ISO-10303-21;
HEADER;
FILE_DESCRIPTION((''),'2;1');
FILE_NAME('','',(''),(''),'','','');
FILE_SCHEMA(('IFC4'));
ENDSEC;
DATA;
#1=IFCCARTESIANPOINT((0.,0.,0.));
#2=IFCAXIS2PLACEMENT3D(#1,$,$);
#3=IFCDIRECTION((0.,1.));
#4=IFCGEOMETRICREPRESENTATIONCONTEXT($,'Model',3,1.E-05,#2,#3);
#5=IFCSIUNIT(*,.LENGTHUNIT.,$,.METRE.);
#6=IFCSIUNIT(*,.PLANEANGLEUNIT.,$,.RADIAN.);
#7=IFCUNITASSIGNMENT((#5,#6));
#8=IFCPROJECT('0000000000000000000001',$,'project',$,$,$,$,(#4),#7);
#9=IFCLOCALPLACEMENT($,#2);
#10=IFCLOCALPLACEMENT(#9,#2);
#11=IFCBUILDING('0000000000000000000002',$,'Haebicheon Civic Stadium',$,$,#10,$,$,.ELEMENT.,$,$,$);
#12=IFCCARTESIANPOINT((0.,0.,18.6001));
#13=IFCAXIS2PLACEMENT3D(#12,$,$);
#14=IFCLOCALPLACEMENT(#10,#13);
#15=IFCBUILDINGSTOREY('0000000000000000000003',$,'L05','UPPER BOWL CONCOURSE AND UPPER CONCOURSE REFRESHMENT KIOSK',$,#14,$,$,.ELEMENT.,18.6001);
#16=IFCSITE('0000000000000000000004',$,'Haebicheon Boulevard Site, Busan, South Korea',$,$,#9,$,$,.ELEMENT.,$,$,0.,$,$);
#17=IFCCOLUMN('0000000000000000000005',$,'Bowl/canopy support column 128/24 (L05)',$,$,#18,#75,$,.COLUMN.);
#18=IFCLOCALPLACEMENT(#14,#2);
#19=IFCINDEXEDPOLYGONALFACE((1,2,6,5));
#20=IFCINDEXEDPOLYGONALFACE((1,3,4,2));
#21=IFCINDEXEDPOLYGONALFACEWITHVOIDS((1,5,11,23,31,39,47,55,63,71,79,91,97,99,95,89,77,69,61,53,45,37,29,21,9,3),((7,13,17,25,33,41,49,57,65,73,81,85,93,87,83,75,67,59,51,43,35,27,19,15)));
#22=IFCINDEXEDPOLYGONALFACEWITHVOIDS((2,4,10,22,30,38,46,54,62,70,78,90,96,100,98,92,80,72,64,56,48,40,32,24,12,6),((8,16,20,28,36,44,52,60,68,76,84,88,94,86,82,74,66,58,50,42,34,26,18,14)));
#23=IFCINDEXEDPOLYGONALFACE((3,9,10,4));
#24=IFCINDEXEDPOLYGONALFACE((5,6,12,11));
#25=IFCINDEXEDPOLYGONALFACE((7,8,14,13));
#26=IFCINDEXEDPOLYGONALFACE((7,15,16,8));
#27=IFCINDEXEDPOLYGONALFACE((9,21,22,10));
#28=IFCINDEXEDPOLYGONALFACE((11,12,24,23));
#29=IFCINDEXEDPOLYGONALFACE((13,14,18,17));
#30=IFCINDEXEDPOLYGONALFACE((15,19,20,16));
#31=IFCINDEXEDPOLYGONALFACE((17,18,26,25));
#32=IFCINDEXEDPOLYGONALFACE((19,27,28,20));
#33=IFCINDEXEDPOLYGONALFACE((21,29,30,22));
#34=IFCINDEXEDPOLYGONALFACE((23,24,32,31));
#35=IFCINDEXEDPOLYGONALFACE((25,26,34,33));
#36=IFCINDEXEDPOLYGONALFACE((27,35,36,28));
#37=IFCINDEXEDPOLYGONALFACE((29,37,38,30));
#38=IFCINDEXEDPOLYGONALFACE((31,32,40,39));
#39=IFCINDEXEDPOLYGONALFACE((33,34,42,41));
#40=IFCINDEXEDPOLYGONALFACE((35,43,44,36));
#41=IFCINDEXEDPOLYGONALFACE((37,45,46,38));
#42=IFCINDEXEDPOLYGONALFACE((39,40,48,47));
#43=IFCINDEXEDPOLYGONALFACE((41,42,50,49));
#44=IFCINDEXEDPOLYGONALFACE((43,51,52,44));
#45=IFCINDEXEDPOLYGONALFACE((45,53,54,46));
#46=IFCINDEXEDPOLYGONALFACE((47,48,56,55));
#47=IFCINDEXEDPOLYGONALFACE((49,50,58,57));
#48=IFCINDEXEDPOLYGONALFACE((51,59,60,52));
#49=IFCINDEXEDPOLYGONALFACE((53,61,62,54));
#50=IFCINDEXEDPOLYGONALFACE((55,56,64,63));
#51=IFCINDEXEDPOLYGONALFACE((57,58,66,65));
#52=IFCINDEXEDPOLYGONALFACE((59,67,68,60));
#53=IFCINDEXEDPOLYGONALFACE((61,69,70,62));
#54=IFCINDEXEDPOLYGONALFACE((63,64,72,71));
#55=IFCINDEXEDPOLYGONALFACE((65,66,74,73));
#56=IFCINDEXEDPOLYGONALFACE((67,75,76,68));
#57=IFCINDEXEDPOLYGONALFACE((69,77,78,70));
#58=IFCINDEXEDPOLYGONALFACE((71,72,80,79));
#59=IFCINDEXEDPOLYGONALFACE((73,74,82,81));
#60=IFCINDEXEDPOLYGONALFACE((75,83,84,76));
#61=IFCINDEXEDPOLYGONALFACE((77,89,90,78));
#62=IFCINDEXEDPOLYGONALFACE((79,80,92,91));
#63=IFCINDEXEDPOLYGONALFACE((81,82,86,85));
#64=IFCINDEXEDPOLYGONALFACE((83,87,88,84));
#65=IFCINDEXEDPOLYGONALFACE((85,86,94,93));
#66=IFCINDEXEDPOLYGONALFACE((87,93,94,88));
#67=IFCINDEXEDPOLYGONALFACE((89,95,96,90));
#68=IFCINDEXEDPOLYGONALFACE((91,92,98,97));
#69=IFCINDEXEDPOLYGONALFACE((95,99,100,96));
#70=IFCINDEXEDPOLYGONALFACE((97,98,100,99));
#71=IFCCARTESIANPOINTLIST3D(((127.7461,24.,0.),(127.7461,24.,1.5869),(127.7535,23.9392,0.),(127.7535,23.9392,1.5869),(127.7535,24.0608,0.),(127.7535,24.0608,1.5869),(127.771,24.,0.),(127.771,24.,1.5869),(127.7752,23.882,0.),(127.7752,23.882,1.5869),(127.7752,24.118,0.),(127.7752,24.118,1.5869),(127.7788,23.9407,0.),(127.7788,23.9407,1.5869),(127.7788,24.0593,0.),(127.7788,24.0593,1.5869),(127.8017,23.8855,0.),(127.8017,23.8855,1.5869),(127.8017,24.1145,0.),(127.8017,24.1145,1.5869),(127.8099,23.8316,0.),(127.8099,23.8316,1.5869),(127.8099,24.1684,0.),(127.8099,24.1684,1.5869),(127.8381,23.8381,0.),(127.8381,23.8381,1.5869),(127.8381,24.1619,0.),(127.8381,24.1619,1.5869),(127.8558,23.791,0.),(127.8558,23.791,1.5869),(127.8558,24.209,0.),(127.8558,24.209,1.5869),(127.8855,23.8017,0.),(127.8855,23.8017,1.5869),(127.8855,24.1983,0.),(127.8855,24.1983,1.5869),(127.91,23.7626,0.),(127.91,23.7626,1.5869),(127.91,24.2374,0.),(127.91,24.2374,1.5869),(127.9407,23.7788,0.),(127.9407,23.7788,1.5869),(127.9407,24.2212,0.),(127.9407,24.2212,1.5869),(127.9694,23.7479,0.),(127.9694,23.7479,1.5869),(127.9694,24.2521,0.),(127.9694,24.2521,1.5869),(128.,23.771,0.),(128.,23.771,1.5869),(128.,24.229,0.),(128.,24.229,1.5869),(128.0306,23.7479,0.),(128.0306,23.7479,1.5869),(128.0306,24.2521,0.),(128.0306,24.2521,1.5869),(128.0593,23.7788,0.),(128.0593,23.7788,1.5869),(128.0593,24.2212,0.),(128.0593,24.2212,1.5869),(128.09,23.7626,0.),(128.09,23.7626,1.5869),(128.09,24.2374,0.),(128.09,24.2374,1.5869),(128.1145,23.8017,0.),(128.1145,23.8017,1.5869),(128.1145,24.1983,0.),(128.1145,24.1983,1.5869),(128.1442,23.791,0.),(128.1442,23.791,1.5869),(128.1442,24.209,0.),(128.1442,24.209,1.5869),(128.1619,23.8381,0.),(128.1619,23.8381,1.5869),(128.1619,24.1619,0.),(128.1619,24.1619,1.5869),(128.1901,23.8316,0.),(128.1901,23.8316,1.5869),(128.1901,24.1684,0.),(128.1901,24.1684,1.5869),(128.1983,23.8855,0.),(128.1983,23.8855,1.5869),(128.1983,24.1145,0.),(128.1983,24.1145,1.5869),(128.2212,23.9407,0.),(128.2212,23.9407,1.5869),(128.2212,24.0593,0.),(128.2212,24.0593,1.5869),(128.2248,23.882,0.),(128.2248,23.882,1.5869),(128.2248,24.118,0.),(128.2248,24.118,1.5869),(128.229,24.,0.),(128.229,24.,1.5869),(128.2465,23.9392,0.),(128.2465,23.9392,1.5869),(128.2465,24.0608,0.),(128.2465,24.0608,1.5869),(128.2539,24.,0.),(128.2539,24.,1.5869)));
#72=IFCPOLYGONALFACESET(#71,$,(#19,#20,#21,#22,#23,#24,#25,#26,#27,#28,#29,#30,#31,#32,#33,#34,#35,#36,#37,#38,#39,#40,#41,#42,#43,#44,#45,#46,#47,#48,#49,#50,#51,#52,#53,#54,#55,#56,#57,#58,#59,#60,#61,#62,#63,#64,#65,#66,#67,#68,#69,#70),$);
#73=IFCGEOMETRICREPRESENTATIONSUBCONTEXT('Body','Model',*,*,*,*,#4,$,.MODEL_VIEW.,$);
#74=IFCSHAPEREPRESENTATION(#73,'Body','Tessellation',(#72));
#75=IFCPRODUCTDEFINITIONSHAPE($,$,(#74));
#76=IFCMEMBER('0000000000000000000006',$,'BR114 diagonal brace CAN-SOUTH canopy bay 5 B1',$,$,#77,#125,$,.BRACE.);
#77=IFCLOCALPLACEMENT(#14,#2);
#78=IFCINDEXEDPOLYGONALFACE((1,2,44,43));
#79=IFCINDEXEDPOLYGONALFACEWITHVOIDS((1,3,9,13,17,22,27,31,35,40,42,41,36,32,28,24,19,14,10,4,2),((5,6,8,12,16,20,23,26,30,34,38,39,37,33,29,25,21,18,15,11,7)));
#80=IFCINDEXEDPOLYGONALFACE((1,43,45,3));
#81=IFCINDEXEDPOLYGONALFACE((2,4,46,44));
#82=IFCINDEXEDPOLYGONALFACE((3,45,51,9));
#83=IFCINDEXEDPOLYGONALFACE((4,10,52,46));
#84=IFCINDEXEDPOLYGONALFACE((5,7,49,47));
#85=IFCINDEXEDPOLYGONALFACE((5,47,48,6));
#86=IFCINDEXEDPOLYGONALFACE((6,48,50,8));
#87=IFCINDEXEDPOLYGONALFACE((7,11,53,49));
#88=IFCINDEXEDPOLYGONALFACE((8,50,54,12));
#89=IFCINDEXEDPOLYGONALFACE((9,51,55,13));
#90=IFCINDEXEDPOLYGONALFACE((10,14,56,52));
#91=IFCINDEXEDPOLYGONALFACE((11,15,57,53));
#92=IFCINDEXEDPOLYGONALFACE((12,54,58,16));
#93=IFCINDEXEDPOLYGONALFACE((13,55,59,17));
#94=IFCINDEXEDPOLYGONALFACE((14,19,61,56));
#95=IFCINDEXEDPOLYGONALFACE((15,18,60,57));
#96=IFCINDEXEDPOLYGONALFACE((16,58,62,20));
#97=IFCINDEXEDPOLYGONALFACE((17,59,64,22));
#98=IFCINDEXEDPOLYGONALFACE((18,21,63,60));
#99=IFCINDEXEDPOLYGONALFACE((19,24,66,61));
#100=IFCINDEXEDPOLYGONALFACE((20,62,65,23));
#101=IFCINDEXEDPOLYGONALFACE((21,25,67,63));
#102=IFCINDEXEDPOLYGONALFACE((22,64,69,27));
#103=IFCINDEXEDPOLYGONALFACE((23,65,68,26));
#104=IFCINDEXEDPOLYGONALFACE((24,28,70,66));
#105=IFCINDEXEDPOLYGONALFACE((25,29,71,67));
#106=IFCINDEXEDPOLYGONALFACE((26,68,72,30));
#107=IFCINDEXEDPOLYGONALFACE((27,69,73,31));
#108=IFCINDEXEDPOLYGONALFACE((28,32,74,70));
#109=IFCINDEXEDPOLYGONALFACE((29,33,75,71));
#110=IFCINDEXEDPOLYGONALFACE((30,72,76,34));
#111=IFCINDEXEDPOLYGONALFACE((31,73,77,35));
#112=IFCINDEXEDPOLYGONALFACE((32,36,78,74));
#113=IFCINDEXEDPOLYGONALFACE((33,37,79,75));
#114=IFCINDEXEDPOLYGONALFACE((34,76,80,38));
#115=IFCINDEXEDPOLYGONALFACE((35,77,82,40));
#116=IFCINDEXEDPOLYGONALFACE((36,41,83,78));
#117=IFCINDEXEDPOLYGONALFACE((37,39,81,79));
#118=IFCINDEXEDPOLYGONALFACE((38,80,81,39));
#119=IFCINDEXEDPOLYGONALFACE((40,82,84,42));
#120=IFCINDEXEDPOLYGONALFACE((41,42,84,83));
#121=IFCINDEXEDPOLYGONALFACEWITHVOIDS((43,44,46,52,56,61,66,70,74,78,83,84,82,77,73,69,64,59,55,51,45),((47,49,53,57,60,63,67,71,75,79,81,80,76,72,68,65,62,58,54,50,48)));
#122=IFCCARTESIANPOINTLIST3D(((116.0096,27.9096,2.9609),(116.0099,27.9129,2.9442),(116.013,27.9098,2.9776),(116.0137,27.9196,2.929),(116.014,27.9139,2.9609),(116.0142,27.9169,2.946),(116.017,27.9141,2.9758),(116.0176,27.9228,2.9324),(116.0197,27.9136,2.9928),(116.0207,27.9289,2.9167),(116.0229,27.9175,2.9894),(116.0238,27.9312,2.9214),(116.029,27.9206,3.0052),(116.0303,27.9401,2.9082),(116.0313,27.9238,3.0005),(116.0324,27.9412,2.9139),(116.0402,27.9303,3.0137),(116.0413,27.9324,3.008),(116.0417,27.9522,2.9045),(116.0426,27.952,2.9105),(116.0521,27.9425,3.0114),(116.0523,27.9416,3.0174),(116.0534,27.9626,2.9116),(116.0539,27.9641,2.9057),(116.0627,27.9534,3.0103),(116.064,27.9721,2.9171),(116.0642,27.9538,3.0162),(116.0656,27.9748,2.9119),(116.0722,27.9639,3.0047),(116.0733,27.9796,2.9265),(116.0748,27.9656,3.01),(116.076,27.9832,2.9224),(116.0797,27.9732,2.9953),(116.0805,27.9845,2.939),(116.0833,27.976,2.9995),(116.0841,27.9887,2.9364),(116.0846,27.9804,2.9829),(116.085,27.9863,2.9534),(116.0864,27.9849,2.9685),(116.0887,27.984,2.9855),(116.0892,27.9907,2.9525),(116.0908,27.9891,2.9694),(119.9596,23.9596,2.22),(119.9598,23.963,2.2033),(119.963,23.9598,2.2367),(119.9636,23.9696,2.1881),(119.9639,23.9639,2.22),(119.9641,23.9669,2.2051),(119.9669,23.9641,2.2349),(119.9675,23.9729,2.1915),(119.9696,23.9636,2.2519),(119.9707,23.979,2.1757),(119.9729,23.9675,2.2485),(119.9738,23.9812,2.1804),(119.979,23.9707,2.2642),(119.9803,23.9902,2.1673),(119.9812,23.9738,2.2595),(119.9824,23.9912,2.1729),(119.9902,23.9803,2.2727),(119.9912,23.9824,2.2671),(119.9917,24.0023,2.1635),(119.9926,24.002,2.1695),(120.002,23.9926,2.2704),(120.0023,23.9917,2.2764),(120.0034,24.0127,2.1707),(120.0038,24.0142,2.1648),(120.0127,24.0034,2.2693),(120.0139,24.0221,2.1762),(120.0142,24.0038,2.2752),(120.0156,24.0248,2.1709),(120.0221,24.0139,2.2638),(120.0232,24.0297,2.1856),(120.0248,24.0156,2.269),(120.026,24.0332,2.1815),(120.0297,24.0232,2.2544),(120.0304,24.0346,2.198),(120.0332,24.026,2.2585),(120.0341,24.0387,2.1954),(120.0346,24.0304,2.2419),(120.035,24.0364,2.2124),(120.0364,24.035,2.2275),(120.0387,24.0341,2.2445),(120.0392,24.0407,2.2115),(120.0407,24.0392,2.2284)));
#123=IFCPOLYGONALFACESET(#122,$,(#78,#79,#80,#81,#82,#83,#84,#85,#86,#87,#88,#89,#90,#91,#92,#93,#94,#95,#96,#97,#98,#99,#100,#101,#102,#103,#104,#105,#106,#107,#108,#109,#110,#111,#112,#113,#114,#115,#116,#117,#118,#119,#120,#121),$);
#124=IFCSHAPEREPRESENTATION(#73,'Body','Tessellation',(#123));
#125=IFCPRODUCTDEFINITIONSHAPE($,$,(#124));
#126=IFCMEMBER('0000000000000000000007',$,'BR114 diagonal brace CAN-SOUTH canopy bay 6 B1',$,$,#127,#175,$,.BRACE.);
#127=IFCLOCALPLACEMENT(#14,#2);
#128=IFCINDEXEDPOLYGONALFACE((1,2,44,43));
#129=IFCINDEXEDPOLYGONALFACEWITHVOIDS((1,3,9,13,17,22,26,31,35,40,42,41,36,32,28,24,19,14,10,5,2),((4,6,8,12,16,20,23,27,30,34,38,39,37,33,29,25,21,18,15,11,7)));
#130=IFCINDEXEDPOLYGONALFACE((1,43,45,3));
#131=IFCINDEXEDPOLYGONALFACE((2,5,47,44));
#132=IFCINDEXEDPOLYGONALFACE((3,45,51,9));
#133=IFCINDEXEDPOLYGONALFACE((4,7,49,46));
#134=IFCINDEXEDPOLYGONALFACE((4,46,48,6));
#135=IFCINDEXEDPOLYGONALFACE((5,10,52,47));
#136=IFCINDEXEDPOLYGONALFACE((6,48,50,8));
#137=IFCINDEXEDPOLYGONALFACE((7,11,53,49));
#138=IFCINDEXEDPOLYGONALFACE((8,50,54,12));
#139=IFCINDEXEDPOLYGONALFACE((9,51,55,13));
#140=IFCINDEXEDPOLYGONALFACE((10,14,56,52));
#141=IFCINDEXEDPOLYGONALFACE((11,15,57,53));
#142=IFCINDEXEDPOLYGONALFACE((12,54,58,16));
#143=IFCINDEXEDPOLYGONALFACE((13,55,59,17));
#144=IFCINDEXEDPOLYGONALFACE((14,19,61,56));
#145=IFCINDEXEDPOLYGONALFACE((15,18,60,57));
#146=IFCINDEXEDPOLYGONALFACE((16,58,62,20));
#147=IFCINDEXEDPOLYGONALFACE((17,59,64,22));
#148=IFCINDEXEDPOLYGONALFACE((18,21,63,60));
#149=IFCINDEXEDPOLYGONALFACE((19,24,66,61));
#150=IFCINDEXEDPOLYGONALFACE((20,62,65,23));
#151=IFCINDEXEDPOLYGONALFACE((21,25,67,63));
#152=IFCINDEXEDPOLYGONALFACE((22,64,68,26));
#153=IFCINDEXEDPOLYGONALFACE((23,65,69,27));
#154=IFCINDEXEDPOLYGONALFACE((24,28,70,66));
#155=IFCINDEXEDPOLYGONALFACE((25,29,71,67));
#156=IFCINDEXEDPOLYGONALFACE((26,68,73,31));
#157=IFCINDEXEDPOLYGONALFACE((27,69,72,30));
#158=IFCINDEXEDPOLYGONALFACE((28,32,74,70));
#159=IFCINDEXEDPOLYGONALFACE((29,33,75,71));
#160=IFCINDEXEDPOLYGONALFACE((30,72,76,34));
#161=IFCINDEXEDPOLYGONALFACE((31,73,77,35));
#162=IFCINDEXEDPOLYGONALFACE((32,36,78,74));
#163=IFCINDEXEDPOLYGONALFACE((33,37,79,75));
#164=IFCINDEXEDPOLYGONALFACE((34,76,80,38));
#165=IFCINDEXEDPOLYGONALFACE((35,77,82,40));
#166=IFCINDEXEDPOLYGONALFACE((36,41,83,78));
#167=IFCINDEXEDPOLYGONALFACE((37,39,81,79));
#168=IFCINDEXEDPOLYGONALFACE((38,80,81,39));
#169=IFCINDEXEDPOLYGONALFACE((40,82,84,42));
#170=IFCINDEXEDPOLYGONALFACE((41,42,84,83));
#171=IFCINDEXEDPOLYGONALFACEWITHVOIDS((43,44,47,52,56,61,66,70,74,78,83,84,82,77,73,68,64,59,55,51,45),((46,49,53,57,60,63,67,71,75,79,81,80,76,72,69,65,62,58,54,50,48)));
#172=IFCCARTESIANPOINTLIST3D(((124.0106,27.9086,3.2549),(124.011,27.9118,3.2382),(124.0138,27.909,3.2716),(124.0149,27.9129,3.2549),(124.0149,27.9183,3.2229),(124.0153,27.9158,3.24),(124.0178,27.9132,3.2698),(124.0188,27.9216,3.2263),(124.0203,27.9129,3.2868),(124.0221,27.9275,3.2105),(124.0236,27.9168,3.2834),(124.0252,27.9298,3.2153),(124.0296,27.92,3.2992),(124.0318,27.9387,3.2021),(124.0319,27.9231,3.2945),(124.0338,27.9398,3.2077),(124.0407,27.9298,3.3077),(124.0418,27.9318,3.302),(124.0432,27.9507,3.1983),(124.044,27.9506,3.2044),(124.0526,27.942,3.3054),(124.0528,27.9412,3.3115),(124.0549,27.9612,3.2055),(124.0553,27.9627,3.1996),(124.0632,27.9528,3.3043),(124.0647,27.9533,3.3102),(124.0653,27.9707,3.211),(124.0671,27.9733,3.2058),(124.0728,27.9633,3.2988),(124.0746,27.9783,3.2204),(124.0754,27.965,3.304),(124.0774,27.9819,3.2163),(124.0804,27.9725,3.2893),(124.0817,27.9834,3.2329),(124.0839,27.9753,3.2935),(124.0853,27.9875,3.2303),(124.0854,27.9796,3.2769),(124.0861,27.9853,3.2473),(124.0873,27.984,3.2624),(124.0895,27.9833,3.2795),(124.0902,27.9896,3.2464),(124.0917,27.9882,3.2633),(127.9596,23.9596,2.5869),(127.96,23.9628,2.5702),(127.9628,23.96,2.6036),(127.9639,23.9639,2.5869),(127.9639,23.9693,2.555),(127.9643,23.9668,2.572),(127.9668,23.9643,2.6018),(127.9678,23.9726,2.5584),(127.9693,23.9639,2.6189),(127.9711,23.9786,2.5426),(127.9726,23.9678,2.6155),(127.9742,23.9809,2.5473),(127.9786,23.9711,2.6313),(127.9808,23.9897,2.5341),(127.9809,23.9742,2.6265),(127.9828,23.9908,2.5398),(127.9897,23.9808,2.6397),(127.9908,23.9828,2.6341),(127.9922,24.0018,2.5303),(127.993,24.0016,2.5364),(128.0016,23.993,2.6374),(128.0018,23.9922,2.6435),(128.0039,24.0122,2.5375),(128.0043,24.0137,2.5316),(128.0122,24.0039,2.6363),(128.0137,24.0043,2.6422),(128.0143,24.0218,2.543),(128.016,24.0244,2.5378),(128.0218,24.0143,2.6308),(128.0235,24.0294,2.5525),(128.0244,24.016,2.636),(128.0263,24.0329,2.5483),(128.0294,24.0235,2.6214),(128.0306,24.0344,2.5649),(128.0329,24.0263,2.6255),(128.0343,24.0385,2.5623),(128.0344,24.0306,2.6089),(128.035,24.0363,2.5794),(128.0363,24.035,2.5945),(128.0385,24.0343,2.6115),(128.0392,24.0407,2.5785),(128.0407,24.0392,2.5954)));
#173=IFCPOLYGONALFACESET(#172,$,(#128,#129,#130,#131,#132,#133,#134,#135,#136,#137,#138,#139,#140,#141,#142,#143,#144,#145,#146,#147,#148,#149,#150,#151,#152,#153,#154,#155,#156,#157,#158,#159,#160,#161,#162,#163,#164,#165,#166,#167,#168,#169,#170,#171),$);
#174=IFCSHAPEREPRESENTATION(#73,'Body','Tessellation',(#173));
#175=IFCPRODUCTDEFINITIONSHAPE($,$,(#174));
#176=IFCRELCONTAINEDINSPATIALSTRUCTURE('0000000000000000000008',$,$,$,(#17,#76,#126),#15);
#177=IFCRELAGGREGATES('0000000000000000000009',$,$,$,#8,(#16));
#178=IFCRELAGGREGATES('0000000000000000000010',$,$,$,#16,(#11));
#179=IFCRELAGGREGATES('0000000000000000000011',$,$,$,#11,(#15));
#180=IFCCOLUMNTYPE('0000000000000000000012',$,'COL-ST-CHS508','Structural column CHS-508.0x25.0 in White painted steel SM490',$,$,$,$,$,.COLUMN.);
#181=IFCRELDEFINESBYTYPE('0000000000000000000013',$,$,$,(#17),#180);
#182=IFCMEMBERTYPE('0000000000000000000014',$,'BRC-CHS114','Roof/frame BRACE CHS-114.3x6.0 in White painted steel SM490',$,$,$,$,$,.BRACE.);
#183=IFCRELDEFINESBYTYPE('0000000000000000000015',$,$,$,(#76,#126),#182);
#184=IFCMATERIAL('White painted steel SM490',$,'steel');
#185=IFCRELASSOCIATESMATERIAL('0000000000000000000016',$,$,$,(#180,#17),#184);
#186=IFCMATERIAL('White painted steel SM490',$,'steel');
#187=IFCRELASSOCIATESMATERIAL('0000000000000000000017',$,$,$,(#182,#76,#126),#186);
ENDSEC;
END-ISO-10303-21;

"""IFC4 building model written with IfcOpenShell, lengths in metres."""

from ifc_helpers import new_model, si_unit, direction, frame, origin, origin_2d, place, context, subcontext, project, spatial, hollow_circle, extrude, material, material_profile, profile_set, type_object, element, save


model = new_model("IFC4")

# Units and contexts
model_context = context("Model", 3, precision=1e-05, world=origin(), true_north=direction((0.0, 1.0)))
body_context = subcontext(model_context, "Body", "Model", "MODEL_VIEW")
ifc_project = project(units=[si_unit("LENGTHUNIT", "METRE"), si_unit("PLANEANGLEUNIT", "RADIAN")], contexts=[model_context])

# Site, building, storey
site_placement = place(None, origin())
site = spatial("IfcSite", under=ifc_project, at=site_placement, Name="Haebicheon Boulevard Site, Busan, South Korea", CompositionType="ELEMENT", RefElevation=0.0)
building_placement = place(site_placement, origin())
building = spatial("IfcBuilding", under=site, at=building_placement, Name="Haebicheon Civic Stadium", CompositionType="ELEMENT")
storey_placement = place(building_placement, frame((0.0, 0.0, 18.6001)))
storey = spatial("IfcBuildingStorey", under=building, at=storey_placement, Name="L05", Description="UPPER BOWL CONCOURSE AND UPPER CONCOURSE REFRESHMENT KIOSK", CompositionType="ELEMENT", Elevation=18.6001)

# Column
ifc_material_1 = material(Name="White painted steel SM490", Category="steel")
ifc_material_profile_1 = material_profile(ifc_material_1, hollow_circle(Radius=0.2539, WallThickness=0.0249, at=origin_2d()), Name="CHS-508.0x25.0")
ifc_profile_set_1 = profile_set([ifc_material_profile_1], Name="White painted steel SM490")
column_type = type_object("IfcColumnType", Name="COL-ST-CHS508", Description="Structural column CHS-508.0x25.0 in White painted steel SM490", PredefinedType="COLUMN", material=ifc_profile_set_1)
column_placement = place(storey_placement, frame((128.0, 24.0, 0.0), z_axis=(0.0, 0.0, 1.0), x_axis=(1.0, 0.0, 0.0)))
element("IfcColumn", 1, at=column_placement, inside=storey, type_object=column_type, material=ifc_profile_set_1, Name="Bowl/canopy support column 128/24 (L05)", PredefinedType="COLUMN", context=body_context, shape_type="SweptSolid", body=[
    extrude(hollow_circle(Radius=0.2539, WallThickness=0.0249, at=origin_2d()), origin(), (0.0, 0.0, 1.0), 1.5869),
])

# Members
ifc_material_2 = material(Name="White painted steel SM490", Category="steel")
ifc_material_profile_2 = material_profile(ifc_material_2, hollow_circle(Radius=0.0571, WallThickness=0.0061, at=origin_2d()), Name="CHS-114.3x6.0")
ifc_profile_set_2 = profile_set([ifc_material_profile_2], Name="White painted steel SM490")
member_type_1 = type_object("IfcMemberType", Name="BRC-CHS114", Description="Roof/frame BRACE CHS-114.3x6.0 in White painted steel SM490", PredefinedType="BRACE", material=ifc_profile_set_2)
member_1_placement = place(storey_placement, frame((120.0, 24.0, 2.22), z_axis=(-0.700967, 0.700967, 0.131494), x_axis=(-0.707107, -0.707107, 0.0)))
element("IfcMember", 2, at=member_1_placement, inside=storey, type_object=member_type_1, material=ifc_profile_set_2, Name="BR114 diagonal brace CAN-SOUTH canopy bay 5 B1", PredefinedType="BRACE", context=body_context, shape_type="SweptSolid", body=[
    extrude(hollow_circle(Radius=0.0571, WallThickness=0.0061, at=origin_2d()), origin(), (0.0, 0.0, 1.0), 5.635),
])
member_2_placement = place(storey_placement, frame((128.0, 24.0, 2.5869), z_axis=(-0.702103, 0.702103, 0.118761), x_axis=(-0.707107, -0.707107, 0.0)))
element("IfcMember", 3, at=member_2_placement, inside=storey, type_object=member_type_1, material=ifc_profile_set_2, Name="BR114 diagonal brace CAN-SOUTH canopy bay 6 B1", PredefinedType="BRACE", context=body_context, shape_type="SweptSolid", body=[
    extrude(hollow_circle(Radius=0.0571, WallThickness=0.0061, at=origin_2d()), origin(), (0.0, 0.0, 1.0), 5.6245),
])

save(model, "model.ifc")
